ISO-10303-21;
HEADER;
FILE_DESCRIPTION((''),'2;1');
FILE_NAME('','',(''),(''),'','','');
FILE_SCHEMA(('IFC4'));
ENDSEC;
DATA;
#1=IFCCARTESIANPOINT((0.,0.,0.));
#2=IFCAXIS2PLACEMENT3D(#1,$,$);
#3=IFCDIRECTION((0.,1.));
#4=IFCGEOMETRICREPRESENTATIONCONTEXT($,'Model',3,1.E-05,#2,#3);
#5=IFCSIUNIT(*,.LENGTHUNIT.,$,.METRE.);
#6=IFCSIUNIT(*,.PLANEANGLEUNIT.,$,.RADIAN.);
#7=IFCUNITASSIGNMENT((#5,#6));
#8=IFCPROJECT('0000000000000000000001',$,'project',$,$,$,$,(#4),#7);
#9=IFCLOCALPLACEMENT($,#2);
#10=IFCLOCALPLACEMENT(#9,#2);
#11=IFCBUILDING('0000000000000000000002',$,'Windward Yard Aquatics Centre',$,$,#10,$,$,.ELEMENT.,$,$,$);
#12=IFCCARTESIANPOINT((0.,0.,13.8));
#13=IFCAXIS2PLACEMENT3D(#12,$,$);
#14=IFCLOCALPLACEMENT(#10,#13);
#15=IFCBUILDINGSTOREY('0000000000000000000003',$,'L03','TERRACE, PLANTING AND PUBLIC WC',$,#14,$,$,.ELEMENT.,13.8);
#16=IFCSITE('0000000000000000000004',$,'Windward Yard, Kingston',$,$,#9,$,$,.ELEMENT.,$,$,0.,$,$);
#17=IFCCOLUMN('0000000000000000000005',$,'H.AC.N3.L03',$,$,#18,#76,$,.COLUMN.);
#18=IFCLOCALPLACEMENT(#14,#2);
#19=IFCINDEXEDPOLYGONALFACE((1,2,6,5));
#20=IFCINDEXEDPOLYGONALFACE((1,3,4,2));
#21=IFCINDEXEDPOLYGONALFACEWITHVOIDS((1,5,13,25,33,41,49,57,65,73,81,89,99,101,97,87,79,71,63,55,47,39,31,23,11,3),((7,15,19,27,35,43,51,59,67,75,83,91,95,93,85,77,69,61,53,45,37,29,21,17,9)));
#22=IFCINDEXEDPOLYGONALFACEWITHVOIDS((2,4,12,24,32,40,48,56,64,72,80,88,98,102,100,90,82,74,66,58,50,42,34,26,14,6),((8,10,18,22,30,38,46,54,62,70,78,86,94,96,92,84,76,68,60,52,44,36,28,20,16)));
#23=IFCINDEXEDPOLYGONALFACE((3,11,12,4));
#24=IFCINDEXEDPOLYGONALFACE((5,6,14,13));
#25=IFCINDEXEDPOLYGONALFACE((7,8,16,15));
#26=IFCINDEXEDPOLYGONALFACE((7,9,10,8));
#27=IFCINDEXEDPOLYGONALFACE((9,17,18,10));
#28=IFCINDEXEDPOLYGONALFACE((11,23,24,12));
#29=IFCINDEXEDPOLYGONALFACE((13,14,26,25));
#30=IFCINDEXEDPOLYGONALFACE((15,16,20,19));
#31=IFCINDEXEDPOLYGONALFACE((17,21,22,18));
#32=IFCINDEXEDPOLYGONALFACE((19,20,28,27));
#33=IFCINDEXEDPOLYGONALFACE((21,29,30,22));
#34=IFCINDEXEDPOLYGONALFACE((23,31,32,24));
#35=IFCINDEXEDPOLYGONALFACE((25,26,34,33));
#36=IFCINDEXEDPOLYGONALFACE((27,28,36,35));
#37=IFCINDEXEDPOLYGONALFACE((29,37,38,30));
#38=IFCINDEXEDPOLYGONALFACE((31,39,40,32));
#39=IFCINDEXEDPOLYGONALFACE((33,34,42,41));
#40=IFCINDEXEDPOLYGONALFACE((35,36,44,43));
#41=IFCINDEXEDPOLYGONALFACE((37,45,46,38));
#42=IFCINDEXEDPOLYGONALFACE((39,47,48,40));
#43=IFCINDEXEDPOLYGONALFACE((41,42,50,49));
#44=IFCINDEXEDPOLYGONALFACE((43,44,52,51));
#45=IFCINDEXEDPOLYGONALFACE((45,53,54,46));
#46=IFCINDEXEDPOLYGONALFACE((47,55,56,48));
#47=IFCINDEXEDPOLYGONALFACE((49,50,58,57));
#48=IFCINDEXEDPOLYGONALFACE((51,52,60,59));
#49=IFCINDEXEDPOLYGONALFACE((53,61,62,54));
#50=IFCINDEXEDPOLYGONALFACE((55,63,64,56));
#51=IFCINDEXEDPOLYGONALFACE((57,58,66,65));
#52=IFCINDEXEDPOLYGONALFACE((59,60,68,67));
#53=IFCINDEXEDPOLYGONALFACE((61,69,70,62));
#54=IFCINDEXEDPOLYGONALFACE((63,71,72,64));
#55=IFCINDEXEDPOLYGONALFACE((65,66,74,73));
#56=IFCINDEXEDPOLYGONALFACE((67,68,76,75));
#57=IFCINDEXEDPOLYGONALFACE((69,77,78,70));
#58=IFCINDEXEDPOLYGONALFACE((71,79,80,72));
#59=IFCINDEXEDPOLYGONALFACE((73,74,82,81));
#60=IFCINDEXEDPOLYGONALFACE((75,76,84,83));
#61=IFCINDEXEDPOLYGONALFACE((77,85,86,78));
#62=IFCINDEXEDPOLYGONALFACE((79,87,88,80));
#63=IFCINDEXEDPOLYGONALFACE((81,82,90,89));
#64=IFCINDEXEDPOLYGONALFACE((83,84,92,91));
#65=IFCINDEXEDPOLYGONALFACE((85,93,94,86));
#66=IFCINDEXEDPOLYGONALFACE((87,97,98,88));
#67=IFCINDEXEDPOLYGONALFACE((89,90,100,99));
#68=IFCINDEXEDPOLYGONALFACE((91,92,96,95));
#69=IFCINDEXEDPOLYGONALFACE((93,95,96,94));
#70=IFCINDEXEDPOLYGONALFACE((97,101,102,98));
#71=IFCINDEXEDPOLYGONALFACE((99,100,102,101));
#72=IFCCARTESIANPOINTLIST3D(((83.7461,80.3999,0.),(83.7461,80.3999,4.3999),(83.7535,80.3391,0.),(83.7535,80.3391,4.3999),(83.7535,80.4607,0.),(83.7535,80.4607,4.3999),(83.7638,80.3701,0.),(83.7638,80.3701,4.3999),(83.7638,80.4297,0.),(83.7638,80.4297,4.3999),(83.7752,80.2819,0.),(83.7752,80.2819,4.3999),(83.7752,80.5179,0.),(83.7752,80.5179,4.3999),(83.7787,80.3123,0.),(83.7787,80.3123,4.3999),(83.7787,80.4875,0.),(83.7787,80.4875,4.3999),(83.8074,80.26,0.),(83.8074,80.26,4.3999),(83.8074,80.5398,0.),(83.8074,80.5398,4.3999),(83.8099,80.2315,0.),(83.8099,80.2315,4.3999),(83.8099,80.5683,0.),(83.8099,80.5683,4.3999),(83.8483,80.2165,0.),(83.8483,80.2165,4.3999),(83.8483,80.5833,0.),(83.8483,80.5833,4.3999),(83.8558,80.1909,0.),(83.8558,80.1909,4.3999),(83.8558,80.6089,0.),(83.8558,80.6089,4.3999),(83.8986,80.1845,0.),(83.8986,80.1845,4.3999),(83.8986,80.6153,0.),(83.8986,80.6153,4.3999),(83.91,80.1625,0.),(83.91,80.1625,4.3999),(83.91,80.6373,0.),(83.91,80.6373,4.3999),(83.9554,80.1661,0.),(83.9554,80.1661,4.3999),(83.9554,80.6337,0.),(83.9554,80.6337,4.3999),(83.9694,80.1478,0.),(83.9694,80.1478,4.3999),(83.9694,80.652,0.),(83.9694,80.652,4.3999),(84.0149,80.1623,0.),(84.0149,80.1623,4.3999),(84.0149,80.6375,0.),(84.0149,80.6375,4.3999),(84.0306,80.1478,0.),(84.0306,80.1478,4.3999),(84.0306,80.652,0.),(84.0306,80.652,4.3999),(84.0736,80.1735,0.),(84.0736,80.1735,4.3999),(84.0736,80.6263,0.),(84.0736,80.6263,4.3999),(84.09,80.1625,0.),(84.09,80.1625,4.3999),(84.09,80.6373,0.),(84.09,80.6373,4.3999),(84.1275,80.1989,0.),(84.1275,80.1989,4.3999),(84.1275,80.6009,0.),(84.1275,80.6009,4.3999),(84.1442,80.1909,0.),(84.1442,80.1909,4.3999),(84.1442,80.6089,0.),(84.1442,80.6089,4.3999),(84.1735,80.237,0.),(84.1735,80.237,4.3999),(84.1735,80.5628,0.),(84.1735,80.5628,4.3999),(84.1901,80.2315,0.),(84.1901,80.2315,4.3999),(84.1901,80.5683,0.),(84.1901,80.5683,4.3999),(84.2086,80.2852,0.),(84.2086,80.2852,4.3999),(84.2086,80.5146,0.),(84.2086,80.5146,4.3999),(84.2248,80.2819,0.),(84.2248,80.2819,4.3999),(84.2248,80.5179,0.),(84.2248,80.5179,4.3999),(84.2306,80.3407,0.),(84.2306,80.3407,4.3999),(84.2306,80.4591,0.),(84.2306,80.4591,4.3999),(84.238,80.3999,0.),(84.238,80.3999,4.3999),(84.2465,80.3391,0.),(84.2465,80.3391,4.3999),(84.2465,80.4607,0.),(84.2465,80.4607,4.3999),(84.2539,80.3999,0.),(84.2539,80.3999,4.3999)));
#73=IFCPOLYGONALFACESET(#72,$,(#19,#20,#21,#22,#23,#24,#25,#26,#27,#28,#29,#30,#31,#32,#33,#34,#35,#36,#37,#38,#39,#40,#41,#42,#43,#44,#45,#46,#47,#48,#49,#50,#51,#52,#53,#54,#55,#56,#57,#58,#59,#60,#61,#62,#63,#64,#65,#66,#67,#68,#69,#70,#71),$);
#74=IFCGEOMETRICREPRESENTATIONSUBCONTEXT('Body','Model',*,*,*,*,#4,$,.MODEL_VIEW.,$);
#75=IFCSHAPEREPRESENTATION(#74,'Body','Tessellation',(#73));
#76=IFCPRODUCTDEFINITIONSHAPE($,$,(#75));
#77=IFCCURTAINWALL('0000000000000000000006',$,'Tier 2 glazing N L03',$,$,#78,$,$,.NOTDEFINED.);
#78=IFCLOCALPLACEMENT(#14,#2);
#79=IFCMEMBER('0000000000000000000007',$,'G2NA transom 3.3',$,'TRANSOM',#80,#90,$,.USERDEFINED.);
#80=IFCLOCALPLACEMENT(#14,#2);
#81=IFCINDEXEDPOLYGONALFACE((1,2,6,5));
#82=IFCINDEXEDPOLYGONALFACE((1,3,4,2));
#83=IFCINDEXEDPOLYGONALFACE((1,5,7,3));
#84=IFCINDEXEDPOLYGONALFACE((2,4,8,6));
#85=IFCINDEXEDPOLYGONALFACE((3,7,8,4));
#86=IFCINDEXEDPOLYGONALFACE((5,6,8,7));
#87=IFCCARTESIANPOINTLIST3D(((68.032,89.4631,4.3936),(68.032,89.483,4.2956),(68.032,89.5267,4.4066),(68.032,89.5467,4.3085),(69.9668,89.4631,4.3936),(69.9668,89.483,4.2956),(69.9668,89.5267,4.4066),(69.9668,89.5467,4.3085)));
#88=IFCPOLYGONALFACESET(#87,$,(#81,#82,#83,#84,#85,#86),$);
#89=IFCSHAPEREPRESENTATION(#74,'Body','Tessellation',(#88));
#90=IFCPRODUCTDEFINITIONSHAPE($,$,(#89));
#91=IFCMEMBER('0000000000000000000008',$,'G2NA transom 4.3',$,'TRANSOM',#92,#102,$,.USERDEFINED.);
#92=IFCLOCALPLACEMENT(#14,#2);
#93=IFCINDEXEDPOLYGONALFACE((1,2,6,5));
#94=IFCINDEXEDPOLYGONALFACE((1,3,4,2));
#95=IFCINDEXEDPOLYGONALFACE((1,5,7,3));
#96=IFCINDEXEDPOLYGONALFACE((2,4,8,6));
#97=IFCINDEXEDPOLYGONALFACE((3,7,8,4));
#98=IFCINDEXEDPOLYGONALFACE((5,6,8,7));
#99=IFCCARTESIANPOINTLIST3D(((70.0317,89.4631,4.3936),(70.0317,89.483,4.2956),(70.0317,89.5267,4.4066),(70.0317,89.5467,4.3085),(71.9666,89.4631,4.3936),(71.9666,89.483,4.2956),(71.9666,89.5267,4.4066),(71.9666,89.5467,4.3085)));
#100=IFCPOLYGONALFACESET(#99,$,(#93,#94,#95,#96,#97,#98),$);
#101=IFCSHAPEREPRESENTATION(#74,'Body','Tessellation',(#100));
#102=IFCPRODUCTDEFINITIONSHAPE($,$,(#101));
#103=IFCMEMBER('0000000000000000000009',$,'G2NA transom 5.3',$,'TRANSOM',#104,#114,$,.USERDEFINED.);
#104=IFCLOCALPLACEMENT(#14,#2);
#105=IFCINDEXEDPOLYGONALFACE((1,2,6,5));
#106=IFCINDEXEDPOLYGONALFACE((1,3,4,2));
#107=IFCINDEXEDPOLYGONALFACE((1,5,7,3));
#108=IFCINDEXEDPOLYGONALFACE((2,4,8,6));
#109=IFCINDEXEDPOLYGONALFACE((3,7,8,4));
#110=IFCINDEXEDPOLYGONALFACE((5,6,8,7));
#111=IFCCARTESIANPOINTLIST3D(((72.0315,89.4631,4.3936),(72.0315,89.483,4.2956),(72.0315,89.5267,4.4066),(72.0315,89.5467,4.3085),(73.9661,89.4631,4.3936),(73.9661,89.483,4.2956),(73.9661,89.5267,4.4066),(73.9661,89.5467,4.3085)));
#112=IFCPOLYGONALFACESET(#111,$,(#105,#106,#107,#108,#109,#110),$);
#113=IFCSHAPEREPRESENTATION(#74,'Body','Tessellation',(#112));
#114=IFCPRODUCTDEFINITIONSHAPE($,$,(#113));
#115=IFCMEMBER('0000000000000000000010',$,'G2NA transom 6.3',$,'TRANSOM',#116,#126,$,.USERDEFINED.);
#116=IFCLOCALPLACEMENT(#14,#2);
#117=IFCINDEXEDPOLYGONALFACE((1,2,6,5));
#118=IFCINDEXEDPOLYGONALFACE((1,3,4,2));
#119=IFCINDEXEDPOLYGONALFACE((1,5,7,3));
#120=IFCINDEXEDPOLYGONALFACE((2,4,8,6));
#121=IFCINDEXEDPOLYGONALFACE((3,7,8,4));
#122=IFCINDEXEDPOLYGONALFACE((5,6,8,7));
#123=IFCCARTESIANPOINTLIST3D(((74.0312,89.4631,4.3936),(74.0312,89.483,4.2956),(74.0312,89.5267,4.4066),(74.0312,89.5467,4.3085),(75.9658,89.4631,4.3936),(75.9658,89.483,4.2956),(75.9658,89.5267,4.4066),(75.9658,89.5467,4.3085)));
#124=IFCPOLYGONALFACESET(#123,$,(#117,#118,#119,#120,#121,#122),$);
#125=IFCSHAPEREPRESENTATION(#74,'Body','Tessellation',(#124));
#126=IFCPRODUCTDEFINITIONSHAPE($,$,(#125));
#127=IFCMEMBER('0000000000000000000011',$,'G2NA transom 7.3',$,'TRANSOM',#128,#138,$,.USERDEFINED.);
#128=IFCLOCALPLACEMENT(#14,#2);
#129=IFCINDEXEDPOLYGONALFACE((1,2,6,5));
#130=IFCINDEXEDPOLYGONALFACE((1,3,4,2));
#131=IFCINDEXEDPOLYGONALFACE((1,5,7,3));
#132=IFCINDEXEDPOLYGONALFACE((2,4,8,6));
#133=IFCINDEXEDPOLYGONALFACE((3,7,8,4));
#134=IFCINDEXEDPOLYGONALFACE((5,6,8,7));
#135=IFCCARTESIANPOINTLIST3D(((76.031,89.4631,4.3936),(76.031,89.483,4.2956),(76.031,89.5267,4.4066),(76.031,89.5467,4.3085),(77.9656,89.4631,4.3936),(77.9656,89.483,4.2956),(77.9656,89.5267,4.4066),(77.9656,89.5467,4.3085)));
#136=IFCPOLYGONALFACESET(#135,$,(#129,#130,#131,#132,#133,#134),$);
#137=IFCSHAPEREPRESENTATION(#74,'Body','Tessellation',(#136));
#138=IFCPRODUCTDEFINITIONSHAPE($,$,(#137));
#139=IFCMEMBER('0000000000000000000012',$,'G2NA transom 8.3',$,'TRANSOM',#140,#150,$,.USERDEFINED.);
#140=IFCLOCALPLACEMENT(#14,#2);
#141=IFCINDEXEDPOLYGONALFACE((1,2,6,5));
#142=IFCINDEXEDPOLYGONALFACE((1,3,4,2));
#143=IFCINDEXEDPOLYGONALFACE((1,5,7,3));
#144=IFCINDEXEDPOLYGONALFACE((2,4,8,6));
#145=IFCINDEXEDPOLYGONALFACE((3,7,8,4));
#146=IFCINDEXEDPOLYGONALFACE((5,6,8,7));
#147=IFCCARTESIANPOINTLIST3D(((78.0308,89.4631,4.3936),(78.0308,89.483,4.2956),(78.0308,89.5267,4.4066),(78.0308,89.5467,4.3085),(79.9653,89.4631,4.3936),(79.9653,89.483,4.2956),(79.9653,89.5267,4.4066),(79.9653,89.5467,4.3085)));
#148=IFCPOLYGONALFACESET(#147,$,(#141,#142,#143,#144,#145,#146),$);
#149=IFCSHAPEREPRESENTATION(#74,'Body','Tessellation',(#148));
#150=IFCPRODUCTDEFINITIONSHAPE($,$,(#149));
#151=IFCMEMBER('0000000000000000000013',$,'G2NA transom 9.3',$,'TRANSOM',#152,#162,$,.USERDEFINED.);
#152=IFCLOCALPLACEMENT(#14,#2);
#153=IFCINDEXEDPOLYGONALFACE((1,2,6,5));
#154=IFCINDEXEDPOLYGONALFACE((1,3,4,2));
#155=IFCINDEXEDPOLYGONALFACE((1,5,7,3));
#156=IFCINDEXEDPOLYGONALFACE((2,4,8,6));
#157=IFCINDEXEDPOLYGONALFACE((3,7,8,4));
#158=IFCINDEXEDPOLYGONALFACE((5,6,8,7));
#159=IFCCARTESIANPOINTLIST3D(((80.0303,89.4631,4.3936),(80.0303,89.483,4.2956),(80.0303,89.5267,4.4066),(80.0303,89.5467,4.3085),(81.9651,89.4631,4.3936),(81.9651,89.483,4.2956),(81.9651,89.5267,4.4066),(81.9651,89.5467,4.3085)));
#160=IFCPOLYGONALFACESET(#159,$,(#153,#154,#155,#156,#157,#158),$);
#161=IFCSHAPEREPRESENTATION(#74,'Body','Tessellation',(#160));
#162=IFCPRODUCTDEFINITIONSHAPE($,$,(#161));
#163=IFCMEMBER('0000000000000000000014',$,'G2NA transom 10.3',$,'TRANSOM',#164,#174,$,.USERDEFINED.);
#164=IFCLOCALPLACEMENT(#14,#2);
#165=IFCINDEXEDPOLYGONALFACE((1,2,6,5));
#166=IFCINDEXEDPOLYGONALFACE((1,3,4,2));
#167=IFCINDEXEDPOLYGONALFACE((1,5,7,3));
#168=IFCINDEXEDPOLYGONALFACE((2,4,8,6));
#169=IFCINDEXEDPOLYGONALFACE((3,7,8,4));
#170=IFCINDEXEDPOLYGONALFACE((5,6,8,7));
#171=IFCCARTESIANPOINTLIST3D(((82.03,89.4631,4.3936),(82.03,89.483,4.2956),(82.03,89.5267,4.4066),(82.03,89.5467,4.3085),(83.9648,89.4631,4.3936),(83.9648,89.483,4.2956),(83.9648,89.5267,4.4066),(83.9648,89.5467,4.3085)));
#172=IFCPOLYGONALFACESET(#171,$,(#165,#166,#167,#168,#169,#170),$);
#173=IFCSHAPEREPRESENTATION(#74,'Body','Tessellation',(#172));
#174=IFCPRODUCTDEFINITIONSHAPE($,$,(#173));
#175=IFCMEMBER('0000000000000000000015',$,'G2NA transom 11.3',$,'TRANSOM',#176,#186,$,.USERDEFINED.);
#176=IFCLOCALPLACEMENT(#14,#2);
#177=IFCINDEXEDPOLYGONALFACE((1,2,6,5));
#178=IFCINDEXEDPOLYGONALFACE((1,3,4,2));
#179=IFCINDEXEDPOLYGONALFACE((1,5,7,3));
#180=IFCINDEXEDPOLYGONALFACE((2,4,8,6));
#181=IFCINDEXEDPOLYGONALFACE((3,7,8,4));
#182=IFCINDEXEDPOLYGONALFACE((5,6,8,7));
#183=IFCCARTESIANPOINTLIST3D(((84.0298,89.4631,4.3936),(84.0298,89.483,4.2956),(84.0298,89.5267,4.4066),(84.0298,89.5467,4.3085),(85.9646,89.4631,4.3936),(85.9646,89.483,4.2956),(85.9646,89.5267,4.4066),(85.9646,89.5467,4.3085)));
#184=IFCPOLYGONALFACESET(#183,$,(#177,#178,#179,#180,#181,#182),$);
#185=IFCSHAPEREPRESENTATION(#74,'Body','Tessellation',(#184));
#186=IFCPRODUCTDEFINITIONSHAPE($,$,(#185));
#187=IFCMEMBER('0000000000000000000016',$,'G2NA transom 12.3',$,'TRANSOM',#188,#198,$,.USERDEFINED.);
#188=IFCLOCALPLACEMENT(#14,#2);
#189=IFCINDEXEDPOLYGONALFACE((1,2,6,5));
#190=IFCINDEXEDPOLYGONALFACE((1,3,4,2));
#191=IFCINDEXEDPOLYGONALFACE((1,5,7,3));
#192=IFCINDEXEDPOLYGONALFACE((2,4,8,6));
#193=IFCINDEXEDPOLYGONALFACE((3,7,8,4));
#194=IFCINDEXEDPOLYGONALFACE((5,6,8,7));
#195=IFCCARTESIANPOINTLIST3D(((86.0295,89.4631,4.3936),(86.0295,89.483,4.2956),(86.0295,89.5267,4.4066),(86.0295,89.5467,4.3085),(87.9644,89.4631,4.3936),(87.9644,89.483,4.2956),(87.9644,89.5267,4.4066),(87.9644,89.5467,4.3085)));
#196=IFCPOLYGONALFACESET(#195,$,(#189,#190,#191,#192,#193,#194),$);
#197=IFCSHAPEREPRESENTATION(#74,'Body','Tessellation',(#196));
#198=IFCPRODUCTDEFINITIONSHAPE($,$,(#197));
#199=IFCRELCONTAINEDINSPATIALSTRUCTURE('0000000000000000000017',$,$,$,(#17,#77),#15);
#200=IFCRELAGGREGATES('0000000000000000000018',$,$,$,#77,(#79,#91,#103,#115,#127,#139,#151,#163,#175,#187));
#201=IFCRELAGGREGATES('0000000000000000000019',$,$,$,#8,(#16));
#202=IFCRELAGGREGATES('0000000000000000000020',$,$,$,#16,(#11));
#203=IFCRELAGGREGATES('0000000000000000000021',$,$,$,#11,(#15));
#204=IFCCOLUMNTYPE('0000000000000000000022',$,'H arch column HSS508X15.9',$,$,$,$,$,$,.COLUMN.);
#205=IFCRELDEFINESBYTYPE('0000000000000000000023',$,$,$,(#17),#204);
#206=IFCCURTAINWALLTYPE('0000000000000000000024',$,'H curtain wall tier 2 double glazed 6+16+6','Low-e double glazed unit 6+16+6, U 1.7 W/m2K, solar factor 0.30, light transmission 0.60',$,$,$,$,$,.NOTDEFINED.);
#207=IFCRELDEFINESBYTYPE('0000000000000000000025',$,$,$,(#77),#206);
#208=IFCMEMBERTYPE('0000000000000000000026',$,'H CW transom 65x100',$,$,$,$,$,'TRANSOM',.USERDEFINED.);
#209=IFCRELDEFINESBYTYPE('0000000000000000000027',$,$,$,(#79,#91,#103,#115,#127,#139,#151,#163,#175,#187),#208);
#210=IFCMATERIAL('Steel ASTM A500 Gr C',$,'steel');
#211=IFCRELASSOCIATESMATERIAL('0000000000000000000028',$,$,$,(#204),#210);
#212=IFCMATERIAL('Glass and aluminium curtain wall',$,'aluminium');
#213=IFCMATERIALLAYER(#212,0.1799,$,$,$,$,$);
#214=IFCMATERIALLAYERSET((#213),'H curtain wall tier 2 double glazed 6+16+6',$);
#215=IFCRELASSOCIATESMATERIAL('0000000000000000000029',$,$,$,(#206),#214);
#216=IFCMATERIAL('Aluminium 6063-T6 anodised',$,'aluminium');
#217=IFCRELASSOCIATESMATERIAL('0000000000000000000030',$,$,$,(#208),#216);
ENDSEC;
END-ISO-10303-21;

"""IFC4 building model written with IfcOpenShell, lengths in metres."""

from ifc_helpers import new_model, si_unit, direction, frame, origin, origin_2d, place, context, subcontext, project, spatial, rectangle, hollow_circle, extrude, material, layer, layer_set, material_profile, profile_set, type_object, element, aggregate, save


model = new_model("IFC4")

# Units and contexts
model_context = context("Model", 3, precision=1e-05, world=origin(), true_north=direction((0.0, 1.0)))
body_context = subcontext(model_context, "Body", "Model", "MODEL_VIEW")
ifc_project = project(units=[si_unit("LENGTHUNIT", "METRE"), si_unit("PLANEANGLEUNIT", "RADIAN")], contexts=[model_context])

# Site, building, storey
site_placement = place(None, origin())
site = spatial("IfcSite", under=ifc_project, at=site_placement, Name="Windward Yard, Kingston", CompositionType="ELEMENT", RefElevation=0.0)
building_placement = place(site_placement, origin())
building = spatial("IfcBuilding", under=site, at=building_placement, Name="Windward Yard Aquatics Centre", CompositionType="ELEMENT")
storey_placement = place(building_placement, frame((0.0, 0.0, 13.8)))
storey = spatial("IfcBuildingStorey", under=building, at=storey_placement, Name="L03", Description="TERRACE, PLANTING AND PUBLIC WC", CompositionType="ELEMENT", Elevation=13.8)

# Column
ifc_material_1 = material(Name="Steel ASTM A500 Gr C", Category="steel")
ifc_material_profile_1 = material_profile(ifc_material_1, hollow_circle(Radius=0.2539, WallThickness=0.0159, at=origin_2d()), Name="HSS508X15.9")
ifc_profile_set_1 = profile_set([ifc_material_profile_1], Name="Steel ASTM A500 Gr C")
column_type = type_object("IfcColumnType", Name="H arch column HSS508X15.9", PredefinedType="COLUMN", material=ifc_profile_set_1)
for number, where, z_axis, x_axis, name in (
    (1, (84.0, 80.3999, 0.0), (0.0, 0.0, 1.0), (1.0, 0.0, 0.0), "H.AC.N3.L03"),
):
    element("IfcColumn", number, at=place(storey_placement, frame(where, z_axis=z_axis, x_axis=x_axis)), inside=storey, type_object=column_type, Name=name, PredefinedType="COLUMN", context=body_context, shape_type="SweptSolid", body=[
        extrude(hollow_circle(Radius=0.2539, WallThickness=0.0159, at=origin_2d()), origin(), (0.0, 0.0, 1.0), 4.3999),
    ])

# Curtain wall, members
ifc_material_2 = material(Name="Glass and aluminium curtain wall", Category="aluminium")
ifc_layer_1 = layer(ifc_material_2, 0.1799)
ifc_layer_set_1 = layer_set([ifc_layer_1], Name="H curtain wall tier 2 double glazed 6+16+6")
curtain_wall_type = type_object("IfcCurtainWallType", Name="H curtain wall tier 2 double glazed 6+16+6", Description="Low-e double glazed unit 6+16+6, U 1.7 W/m2K, solar factor 0.30, light transmission 0.60", PredefinedType="NOTDEFINED", material=ifc_layer_set_1)
curtain_wall_placement = place(storey_placement, origin())
curtain_wall = element("IfcCurtainWall", 2, at=curtain_wall_placement, inside=storey, type_object=curtain_wall_type, Name="Tier 2 glazing N L03", PredefinedType="NOTDEFINED")
ifc_material_3 = material(Name="Aluminium 6063-T6 anodised", Category="aluminium")
ifc_material_profile_2 = material_profile(ifc_material_3, rectangle(XDim=0.0649, YDim=0.1001, at=origin_2d()), Name="H CW transom 65x100")
ifc_profile_set_2 = profile_set([ifc_material_profile_2], Name="Aluminium 6063-T6 anodised")
member_type = type_object("IfcMemberType", Name="H CW transom 65x100", ElementType="TRANSOM", PredefinedType="USERDEFINED", material=ifc_profile_set_2)
member_1_placement = place(storey_placement, frame((68.032, 89.5049, 4.3511), z_axis=(1.0, 0.0, 0.0), x_axis=(0.0, 0.979925, 0.199368)))
member_1 = element("IfcMember", 3, at=member_1_placement, type_object=member_type, Name="G2NA transom 3.3", ObjectType="TRANSOM", PredefinedType="USERDEFINED", context=body_context, shape_type="SweptSolid", body=[
    extrude(rectangle(XDim=0.0649, YDim=0.1001, at=origin_2d()), origin(), (0.0, 0.0, 1.0), 1.9348),
])
member_2_placement = place(storey_placement, frame((70.0317, 89.5049, 4.3511), z_axis=(1.0, 0.0, 0.0), x_axis=(0.0, 0.979925, 0.199368)))
member_2 = element("IfcMember", 4, at=member_2_placement, type_object=member_type, Name="G2NA transom 4.3", ObjectType="TRANSOM", PredefinedType="USERDEFINED", context=body_context, shape_type="SweptSolid", body=[
    extrude(rectangle(XDim=0.0649, YDim=0.1001, at=origin_2d()), origin(), (0.0, 0.0, 1.0), 1.9348),
])
member_3_placement = place(storey_placement, frame((72.0315, 89.5049, 4.3511), z_axis=(1.0, 0.0, 0.0), x_axis=(0.0, 0.979925, 0.199368)))
member_3 = element("IfcMember", 5, at=member_3_placement, type_object=member_type, Name="G2NA transom 5.3", ObjectType="TRANSOM", PredefinedType="USERDEFINED", context=body_context, shape_type="SweptSolid", body=[
    extrude(rectangle(XDim=0.0649, YDim=0.1001, at=origin_2d()), origin(), (0.0, 0.0, 1.0), 1.9346),
])
member_4_placement = place(storey_placement, frame((74.0312, 89.5049, 4.3511), z_axis=(1.0, 0.0, 0.0), x_axis=(0.0, 0.979925, 0.199368)))
member_4 = element("IfcMember", 6, at=member_4_placement, type_object=member_type, Name="G2NA transom 6.3", ObjectType="TRANSOM", PredefinedType="USERDEFINED", context=body_context, shape_type="SweptSolid", body=[
    extrude(rectangle(XDim=0.0649, YDim=0.1001, at=origin_2d()), origin(), (0.0, 0.0, 1.0), 1.9346),
])
member_5_placement = place(storey_placement, frame((76.031, 89.5049, 4.3511), z_axis=(1.0, 0.0, 0.0), x_axis=(0.0, 0.979925, 0.199368)))
member_5 = element("IfcMember", 7, at=member_5_placement, type_object=member_type, Name="G2NA transom 7.3", ObjectType="TRANSOM", PredefinedType="USERDEFINED", context=body_context, shape_type="SweptSolid", body=[
    extrude(rectangle(XDim=0.0649, YDim=0.1001, at=origin_2d()), origin(), (0.0, 0.0, 1.0), 1.9346),
])
member_6_placement = place(storey_placement, frame((78.0308, 89.5049, 4.3511), z_axis=(1.0, 0.0, 0.0), x_axis=(0.0, 0.979925, 0.199368)))
member_6 = element("IfcMember", 8, at=member_6_placement, type_object=member_type, Name="G2NA transom 8.3", ObjectType="TRANSOM", PredefinedType="USERDEFINED", context=body_context, shape_type="SweptSolid", body=[
    extrude(rectangle(XDim=0.0649, YDim=0.1001, at=origin_2d()), origin(), (0.0, 0.0, 1.0), 1.9346),
])
member_7_placement = place(storey_placement, frame((80.0303, 89.5049, 4.3511), z_axis=(1.0, 0.0, 0.0), x_axis=(0.0, 0.979925, 0.199368)))
member_7 = element("IfcMember", 9, at=member_7_placement, type_object=member_type, Name="G2NA transom 9.3", ObjectType="TRANSOM", PredefinedType="USERDEFINED", context=body_context, shape_type="SweptSolid", body=[
    extrude(rectangle(XDim=0.0649, YDim=0.1001, at=origin_2d()), origin(), (0.0, 0.0, 1.0), 1.9348),
])
member_8_placement = place(storey_placement, frame((82.03, 89.5049, 4.3511), z_axis=(1.0, 0.0, 0.0), x_axis=(0.0, 0.979925, 0.199368)))
member_8 = element("IfcMember", 10, at=member_8_placement, type_object=member_type, Name="G2NA transom 10.3", ObjectType="TRANSOM", PredefinedType="USERDEFINED", context=body_context, shape_type="SweptSolid", body=[
    extrude(rectangle(XDim=0.0649, YDim=0.1001, at=origin_2d()), origin(), (0.0, 0.0, 1.0), 1.9348),
])
member_9_placement = place(storey_placement, frame((84.0298, 89.5049, 4.3511), z_axis=(1.0, 0.0, 0.0), x_axis=(0.0, 0.979925, 0.199368)))
member_9 = element("IfcMember", 11, at=member_9_placement, type_object=member_type, Name="G2NA transom 11.3", ObjectType="TRANSOM", PredefinedType="USERDEFINED", context=body_context, shape_type="SweptSolid", body=[
    extrude(rectangle(XDim=0.0649, YDim=0.1001, at=origin_2d()), origin(), (0.0, 0.0, 1.0), 1.9348),
])
member_10_placement = place(storey_placement, frame((86.0295, 89.5049, 4.3511), z_axis=(1.0, 0.0, 0.0), x_axis=(0.0, 0.979925, 0.199368)))
member_10 = element("IfcMember", 12, at=member_10_placement, type_object=member_type, Name="G2NA transom 12.3", ObjectType="TRANSOM", PredefinedType="USERDEFINED", context=body_context, shape_type="SweptSolid", body=[
    extrude(rectangle(XDim=0.0649, YDim=0.1001, at=origin_2d()), origin(), (0.0, 0.0, 1.0), 1.9348),
])
aggregate(curtain_wall, [member_1, member_2, member_3, member_4, member_5, member_6, member_7, member_8, member_9, member_10])

save(model, "model.ifc")
